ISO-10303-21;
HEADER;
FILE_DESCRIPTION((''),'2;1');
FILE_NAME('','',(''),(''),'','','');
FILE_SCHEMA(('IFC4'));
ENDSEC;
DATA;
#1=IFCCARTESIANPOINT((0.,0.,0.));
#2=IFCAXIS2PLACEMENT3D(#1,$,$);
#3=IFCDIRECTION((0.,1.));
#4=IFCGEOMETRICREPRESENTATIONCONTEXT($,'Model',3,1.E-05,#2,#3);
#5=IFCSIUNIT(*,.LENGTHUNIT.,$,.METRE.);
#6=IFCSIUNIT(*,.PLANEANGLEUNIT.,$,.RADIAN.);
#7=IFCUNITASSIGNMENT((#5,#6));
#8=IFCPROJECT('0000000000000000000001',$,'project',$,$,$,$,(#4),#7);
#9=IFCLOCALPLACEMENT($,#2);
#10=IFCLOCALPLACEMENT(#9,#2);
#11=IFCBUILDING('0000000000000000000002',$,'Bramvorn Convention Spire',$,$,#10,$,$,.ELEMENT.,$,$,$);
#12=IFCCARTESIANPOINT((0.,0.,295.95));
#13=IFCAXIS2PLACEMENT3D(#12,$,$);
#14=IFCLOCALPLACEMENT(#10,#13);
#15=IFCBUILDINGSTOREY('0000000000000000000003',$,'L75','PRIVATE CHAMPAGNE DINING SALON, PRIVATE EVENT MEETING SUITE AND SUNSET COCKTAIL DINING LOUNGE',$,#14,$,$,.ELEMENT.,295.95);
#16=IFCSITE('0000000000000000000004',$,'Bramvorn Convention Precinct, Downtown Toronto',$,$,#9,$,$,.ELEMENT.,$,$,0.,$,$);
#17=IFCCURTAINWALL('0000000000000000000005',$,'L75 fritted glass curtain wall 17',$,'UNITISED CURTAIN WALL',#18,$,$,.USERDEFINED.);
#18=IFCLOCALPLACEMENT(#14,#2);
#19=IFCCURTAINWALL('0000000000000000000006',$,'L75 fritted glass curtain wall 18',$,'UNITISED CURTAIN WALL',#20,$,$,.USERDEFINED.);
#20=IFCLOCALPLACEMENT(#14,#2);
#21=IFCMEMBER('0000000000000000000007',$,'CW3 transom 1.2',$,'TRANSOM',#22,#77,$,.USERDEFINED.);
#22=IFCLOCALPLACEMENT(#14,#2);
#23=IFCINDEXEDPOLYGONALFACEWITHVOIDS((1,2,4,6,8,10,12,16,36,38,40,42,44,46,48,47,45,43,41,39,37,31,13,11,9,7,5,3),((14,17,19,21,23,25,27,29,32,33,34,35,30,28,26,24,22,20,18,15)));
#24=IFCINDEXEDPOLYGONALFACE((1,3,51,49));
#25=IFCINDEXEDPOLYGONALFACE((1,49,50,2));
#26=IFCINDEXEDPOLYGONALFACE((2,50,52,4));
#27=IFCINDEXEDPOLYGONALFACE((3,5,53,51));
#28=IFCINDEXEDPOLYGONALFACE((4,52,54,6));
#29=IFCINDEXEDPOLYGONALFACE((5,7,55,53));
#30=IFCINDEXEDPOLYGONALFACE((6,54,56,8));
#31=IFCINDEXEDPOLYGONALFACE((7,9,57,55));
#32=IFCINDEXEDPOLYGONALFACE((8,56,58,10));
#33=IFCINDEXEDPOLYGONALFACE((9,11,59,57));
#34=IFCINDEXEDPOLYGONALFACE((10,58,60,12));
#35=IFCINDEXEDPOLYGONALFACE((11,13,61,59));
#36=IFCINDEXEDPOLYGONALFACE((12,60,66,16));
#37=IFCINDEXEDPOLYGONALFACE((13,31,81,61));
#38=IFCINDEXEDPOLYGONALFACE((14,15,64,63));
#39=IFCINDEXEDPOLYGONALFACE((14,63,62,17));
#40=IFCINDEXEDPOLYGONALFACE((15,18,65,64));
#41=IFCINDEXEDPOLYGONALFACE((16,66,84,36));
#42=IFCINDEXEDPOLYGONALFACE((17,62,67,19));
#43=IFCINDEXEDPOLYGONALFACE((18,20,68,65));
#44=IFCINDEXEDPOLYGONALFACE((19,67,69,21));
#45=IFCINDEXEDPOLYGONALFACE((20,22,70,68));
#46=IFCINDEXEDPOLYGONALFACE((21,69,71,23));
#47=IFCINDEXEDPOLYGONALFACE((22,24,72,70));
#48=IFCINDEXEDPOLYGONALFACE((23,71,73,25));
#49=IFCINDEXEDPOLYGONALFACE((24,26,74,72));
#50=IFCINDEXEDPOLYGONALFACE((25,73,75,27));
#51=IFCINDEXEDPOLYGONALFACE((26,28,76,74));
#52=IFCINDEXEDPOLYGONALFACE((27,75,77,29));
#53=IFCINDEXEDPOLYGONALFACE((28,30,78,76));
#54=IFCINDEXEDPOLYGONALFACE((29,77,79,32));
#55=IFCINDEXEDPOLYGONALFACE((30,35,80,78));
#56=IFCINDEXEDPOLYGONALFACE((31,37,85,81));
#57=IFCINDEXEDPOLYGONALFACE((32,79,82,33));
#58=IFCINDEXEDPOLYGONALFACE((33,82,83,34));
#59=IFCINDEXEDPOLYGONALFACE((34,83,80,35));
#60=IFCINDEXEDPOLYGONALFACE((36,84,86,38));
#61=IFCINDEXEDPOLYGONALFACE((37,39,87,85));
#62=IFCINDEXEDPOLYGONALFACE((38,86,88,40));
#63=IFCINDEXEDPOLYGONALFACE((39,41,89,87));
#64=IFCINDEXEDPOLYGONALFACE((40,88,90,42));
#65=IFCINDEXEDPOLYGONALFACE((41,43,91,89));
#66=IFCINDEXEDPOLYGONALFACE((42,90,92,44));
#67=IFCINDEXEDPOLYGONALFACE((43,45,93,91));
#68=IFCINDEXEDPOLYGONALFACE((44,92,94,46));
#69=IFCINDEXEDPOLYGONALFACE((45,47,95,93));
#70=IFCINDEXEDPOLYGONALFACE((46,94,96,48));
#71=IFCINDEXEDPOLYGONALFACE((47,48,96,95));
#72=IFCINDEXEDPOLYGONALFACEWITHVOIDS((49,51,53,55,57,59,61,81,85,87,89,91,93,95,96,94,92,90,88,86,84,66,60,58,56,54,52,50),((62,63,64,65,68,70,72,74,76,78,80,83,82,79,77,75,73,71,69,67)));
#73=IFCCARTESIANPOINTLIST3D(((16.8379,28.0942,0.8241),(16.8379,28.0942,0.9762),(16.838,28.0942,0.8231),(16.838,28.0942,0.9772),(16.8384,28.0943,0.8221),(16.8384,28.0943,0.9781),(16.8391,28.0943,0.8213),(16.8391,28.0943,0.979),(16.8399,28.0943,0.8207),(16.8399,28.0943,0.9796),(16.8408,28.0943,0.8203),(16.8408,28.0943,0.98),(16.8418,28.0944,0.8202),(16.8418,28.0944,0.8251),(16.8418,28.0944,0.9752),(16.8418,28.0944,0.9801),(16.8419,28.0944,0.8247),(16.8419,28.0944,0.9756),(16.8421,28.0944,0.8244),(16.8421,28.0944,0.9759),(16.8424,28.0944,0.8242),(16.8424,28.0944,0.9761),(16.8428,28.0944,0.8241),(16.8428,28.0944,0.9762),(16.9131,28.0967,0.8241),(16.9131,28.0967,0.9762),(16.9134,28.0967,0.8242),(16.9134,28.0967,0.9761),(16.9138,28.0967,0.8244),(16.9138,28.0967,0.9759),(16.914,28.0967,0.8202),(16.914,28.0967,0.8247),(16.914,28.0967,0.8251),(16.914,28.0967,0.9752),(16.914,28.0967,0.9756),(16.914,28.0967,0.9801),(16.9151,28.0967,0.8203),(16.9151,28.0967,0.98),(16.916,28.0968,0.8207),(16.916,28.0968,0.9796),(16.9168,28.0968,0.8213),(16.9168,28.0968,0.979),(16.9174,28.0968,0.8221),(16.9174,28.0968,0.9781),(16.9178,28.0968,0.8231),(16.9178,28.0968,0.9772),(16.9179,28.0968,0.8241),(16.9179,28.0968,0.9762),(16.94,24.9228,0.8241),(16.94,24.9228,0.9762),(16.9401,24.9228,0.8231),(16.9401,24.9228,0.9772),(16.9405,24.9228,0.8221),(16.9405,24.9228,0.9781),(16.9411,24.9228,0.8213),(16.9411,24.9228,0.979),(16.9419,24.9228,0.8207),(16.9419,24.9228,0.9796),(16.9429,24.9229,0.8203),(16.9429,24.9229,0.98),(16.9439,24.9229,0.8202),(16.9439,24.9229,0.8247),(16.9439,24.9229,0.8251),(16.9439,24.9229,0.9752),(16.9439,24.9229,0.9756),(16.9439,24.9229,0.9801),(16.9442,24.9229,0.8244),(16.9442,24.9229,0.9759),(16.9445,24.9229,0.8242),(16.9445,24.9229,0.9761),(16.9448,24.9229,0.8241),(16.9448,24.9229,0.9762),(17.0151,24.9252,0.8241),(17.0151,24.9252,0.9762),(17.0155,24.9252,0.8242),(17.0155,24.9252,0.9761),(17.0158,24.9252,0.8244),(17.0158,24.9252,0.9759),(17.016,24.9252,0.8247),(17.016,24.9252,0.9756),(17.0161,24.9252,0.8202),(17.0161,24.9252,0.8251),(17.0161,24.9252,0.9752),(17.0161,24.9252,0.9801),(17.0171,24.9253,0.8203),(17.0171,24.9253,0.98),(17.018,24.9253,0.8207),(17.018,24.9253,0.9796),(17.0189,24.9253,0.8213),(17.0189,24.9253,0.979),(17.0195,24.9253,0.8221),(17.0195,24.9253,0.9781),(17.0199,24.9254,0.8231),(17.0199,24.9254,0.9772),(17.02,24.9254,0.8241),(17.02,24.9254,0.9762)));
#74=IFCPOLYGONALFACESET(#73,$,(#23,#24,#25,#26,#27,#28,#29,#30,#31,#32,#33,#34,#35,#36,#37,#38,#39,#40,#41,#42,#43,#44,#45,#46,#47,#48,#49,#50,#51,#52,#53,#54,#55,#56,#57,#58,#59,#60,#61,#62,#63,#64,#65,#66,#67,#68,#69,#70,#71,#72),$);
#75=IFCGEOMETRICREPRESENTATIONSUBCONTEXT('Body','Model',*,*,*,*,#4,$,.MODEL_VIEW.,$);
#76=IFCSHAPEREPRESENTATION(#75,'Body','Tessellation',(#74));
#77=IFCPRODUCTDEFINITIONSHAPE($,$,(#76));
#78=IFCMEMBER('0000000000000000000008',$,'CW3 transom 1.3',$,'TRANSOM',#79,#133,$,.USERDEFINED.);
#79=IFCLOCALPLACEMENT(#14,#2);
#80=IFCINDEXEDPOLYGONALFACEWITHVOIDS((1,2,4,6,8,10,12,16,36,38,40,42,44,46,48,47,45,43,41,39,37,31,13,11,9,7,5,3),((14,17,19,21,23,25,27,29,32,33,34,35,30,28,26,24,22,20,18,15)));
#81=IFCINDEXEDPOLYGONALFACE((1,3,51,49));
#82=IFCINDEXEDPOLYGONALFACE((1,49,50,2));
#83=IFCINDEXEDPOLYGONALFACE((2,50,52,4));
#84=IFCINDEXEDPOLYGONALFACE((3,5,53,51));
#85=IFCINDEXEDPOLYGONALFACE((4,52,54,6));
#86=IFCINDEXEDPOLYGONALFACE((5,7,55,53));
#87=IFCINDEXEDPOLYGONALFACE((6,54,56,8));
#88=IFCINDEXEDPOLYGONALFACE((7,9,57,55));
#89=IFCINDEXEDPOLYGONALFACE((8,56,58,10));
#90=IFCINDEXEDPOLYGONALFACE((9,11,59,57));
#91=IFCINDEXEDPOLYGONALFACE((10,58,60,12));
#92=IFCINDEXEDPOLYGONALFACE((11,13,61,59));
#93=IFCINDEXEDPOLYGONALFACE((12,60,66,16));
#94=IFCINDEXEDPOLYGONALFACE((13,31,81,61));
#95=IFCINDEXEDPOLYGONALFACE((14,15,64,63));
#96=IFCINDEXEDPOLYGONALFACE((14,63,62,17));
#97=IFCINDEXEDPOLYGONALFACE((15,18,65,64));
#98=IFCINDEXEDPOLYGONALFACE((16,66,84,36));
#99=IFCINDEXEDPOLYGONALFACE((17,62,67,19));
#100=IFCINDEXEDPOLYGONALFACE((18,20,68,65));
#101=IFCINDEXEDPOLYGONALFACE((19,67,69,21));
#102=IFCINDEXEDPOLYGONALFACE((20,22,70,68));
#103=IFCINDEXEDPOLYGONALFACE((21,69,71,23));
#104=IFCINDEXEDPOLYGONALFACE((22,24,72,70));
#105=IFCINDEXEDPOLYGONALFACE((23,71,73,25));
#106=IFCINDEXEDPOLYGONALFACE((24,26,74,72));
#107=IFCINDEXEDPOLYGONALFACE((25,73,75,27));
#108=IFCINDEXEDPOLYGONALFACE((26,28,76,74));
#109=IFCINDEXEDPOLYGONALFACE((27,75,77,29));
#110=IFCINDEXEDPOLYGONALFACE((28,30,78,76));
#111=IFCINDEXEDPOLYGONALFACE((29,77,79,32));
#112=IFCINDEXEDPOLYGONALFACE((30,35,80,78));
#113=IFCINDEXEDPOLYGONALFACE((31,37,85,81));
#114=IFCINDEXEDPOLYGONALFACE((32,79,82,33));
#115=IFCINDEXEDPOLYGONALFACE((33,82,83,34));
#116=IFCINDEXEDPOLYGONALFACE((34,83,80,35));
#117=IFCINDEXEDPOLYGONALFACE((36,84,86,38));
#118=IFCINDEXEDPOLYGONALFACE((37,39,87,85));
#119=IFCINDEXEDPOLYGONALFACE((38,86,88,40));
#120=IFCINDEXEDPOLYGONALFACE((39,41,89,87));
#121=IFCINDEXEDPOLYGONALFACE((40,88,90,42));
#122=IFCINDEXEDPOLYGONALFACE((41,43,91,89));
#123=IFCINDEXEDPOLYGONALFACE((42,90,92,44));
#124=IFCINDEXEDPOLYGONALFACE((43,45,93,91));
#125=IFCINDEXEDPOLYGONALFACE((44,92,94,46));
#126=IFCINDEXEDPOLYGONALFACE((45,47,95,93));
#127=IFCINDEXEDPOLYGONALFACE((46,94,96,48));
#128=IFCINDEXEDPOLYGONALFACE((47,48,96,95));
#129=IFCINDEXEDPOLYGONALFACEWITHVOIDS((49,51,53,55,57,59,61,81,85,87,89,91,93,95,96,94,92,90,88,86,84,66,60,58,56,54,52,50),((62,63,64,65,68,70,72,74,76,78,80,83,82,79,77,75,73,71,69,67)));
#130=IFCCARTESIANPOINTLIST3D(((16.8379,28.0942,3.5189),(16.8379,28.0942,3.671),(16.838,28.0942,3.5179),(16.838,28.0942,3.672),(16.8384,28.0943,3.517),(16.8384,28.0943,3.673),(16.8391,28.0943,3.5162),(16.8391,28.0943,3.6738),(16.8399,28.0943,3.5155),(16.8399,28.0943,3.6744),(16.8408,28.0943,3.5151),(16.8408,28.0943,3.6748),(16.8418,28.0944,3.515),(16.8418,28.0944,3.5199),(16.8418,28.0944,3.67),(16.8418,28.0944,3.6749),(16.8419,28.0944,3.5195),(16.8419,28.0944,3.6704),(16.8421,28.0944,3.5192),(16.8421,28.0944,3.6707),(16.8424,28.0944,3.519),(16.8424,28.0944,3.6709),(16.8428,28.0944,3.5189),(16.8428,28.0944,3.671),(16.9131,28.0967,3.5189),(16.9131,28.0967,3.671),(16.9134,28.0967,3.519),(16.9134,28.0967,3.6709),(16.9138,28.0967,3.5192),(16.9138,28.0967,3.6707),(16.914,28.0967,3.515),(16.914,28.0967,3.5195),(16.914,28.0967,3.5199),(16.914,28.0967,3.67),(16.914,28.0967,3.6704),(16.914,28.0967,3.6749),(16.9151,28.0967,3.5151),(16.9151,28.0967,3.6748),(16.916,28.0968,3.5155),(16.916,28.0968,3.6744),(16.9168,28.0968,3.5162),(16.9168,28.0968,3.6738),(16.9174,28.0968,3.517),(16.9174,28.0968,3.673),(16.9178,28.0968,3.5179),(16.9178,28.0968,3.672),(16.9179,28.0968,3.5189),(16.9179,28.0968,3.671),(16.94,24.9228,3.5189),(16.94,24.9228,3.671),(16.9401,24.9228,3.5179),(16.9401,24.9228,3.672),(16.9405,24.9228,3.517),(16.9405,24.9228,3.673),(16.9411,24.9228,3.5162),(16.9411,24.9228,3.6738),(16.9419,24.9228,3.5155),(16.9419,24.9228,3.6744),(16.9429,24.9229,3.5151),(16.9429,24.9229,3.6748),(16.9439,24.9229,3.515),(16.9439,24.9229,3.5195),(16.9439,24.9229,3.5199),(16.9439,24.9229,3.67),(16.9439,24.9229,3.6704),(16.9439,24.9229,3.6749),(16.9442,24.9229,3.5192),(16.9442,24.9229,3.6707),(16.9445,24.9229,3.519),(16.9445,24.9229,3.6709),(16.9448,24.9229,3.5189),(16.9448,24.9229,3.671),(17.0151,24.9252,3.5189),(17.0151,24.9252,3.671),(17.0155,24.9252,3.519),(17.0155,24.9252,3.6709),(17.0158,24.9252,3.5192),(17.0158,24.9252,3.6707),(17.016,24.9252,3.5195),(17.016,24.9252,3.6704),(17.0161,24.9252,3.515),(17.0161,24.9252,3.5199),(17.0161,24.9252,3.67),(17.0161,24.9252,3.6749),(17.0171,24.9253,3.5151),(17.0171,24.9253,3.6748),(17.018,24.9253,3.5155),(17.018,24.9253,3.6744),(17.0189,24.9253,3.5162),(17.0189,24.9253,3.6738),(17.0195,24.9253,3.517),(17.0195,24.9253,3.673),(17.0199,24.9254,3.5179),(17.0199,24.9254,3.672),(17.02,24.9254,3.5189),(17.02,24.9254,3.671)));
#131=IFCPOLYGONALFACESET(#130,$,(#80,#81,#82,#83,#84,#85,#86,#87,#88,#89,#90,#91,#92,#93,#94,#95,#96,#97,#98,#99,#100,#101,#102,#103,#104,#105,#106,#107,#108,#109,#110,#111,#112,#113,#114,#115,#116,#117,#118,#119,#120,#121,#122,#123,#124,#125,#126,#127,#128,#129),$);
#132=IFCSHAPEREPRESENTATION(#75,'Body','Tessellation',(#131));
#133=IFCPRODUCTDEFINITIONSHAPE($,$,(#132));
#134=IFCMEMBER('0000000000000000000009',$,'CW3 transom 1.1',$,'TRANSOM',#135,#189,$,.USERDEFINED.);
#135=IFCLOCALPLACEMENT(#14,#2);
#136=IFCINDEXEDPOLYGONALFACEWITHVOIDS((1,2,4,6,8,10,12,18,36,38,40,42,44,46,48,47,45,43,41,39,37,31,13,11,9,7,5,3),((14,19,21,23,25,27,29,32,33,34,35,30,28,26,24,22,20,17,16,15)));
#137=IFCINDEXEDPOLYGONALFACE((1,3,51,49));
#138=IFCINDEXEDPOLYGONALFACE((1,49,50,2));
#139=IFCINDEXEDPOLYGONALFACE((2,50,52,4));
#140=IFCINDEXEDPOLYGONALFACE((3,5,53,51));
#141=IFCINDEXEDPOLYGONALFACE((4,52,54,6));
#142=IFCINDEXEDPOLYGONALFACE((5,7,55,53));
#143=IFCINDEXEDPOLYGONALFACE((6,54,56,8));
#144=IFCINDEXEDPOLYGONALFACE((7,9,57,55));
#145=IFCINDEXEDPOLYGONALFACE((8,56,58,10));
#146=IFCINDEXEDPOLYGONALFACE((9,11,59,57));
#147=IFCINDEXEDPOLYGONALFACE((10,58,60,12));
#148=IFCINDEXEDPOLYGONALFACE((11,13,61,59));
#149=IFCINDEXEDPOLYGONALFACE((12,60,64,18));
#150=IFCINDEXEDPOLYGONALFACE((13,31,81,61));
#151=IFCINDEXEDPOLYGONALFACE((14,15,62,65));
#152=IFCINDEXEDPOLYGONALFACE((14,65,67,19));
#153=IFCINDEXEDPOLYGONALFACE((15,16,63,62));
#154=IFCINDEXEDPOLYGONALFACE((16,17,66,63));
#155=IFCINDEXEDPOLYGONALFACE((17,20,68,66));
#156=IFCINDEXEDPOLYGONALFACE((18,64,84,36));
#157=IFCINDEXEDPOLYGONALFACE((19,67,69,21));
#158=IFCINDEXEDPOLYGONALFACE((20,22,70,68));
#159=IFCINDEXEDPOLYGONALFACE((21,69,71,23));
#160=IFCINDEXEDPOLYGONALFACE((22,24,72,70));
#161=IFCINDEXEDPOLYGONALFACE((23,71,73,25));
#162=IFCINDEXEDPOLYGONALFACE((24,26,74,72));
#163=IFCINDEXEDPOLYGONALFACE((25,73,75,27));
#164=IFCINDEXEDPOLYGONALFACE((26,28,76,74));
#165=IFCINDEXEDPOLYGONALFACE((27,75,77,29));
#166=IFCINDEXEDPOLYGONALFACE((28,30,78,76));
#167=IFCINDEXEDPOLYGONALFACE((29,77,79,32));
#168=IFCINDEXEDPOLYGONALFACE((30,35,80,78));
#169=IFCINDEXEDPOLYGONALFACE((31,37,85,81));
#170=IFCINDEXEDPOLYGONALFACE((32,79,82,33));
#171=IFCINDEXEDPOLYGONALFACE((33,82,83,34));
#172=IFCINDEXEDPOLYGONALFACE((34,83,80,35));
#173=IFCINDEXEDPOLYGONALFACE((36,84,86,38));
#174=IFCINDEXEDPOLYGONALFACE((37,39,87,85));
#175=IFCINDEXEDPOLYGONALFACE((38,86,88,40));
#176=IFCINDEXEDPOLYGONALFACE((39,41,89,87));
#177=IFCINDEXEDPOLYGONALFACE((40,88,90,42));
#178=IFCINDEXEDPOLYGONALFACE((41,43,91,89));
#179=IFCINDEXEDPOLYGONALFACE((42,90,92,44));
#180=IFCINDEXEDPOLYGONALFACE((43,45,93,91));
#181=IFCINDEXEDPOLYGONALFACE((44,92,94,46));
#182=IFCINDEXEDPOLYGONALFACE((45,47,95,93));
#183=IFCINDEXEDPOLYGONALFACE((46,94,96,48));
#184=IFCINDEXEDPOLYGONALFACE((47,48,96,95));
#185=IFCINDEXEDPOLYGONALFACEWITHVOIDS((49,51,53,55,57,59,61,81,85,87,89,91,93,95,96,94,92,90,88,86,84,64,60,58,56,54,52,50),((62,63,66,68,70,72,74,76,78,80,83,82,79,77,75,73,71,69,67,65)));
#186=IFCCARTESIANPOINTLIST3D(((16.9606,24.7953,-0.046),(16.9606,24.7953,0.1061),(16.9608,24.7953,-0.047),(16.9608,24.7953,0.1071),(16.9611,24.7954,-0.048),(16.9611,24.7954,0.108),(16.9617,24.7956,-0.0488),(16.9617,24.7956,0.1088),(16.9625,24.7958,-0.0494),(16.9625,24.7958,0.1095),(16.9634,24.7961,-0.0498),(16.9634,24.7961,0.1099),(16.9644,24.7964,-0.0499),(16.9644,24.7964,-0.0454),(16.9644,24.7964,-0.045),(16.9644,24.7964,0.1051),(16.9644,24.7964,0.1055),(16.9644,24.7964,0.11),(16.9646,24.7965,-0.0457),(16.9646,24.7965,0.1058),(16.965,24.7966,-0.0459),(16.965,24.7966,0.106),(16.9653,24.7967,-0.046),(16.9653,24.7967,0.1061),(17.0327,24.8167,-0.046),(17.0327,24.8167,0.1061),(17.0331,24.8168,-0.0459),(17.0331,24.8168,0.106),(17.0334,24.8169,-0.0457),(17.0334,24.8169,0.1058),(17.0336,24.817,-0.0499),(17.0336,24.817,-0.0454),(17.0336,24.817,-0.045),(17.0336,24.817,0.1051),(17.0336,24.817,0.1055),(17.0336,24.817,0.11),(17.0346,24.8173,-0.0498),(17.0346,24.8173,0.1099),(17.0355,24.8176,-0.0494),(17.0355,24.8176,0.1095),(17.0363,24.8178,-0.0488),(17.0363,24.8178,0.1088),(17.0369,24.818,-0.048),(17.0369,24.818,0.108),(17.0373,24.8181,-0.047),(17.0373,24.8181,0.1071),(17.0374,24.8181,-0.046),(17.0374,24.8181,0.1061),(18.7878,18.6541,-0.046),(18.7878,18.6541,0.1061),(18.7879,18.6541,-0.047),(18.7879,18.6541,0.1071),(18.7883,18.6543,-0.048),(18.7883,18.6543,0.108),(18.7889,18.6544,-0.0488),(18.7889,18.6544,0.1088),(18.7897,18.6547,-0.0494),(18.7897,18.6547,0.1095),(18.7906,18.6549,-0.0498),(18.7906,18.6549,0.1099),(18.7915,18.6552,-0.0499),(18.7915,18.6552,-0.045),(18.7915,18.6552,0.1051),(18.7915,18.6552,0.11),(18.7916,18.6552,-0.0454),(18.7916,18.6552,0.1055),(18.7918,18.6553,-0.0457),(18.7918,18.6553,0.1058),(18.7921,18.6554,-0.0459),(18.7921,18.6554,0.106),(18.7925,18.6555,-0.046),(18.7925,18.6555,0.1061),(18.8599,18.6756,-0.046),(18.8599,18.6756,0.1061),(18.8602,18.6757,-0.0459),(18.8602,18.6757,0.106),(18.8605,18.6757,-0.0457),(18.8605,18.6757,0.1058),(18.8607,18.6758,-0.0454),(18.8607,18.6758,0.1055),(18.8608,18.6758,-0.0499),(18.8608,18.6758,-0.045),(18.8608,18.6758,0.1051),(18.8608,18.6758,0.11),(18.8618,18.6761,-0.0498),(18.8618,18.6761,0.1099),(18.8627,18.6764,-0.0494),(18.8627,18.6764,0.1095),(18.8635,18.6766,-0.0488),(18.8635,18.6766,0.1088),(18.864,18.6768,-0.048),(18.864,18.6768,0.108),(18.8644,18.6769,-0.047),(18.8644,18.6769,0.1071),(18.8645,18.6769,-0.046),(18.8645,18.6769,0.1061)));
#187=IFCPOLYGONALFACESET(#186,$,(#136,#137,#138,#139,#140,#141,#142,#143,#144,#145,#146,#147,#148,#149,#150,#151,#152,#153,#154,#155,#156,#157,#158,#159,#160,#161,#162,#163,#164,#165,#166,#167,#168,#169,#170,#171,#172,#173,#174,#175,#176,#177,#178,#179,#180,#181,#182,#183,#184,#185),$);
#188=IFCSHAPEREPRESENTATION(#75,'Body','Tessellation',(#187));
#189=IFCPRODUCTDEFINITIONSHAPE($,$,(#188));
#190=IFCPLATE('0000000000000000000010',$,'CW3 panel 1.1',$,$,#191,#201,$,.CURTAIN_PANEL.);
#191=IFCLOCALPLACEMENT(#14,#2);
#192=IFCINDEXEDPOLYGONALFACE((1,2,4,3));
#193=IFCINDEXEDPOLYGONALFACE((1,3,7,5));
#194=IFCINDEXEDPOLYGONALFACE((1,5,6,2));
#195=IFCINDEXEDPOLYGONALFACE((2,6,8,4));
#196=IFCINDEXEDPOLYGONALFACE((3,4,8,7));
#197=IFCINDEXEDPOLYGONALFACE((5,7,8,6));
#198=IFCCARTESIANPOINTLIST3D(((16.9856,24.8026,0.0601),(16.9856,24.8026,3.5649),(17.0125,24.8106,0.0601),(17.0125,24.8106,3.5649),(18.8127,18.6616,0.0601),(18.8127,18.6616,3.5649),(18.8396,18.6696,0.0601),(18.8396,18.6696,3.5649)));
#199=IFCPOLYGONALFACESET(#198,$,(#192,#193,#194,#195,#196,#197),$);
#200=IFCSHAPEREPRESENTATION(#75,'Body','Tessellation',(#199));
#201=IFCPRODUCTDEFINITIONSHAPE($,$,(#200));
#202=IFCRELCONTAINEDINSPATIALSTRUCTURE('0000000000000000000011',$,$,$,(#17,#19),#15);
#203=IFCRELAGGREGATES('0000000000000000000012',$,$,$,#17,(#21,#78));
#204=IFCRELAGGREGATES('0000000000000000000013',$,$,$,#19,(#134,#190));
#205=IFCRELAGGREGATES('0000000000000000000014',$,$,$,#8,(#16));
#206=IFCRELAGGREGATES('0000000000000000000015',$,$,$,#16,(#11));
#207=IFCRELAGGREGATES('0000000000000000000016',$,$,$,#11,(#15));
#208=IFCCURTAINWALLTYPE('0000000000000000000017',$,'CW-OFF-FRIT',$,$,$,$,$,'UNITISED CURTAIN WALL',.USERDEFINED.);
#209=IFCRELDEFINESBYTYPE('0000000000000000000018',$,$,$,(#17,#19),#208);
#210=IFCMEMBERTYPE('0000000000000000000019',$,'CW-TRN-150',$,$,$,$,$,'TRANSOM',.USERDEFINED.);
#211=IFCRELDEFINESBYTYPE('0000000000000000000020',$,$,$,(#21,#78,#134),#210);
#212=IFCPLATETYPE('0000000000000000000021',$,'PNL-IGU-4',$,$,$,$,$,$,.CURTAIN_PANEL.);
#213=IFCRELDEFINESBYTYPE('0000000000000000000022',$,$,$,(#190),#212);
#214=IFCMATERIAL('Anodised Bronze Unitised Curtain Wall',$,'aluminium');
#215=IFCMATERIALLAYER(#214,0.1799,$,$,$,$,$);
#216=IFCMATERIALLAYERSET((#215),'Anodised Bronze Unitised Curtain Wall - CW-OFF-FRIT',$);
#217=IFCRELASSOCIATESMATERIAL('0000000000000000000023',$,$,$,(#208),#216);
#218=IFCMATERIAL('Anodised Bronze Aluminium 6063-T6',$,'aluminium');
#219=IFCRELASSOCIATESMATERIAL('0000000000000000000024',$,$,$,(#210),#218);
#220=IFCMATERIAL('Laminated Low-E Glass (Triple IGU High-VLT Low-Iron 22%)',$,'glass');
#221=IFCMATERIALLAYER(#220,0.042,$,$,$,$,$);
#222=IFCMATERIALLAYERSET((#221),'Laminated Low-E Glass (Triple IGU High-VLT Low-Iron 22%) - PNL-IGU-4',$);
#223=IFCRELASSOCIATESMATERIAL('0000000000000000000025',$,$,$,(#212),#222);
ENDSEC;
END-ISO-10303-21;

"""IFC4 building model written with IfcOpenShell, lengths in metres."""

from ifc_helpers import new_model, si_unit, direction, frame, origin, origin_2d, place, context, subcontext, project, spatial, rectangle, hollow_rectangle, extrude, material, layer, layer_set, material_profile, profile_set, type_object, element, aggregate, save


model = new_model("IFC4")

# Units and contexts
model_context = context("Model", 3, precision=1e-05, world=origin(), true_north=direction((0.0, 1.0)))
body_context = subcontext(model_context, "Body", "Model", "MODEL_VIEW")
ifc_project = project(units=[si_unit("LENGTHUNIT", "METRE"), si_unit("PLANEANGLEUNIT", "RADIAN")], contexts=[model_context])

# Site, building, storey
site_placement = place(None, origin())
site = spatial("IfcSite", under=ifc_project, at=site_placement, Name="Bramvorn Convention Precinct, Downtown Toronto", CompositionType="ELEMENT", RefElevation=0.0)
building_placement = place(site_placement, origin())
building = spatial("IfcBuilding", under=site, at=building_placement, Name="Bramvorn Convention Spire", CompositionType="ELEMENT")
storey_placement = place(building_placement, frame((0.0, 0.0, 295.95)))
storey = spatial("IfcBuildingStorey", under=building, at=storey_placement, Name="L75", Description="PRIVATE CHAMPAGNE DINING SALON, PRIVATE EVENT MEETING SUITE AND SUNSET COCKTAIL DINING LOUNGE", CompositionType="ELEMENT", Elevation=295.95)

# Curtain walls
ifc_material_1 = material(Name="Anodised Bronze Unitised Curtain Wall", Category="aluminium")
ifc_layer_1 = layer(ifc_material_1, 0.1799)
ifc_layer_set_1 = layer_set([ifc_layer_1], Name="Anodised Bronze Unitised Curtain Wall - CW-OFF-FRIT")
curtain_wall_type = type_object("IfcCurtainWallType", Name="CW-OFF-FRIT", ElementType="UNITISED CURTAIN WALL", PredefinedType="USERDEFINED", material=ifc_layer_set_1)
curtain_wall_1_placement = place(storey_placement, origin())
curtain_wall_1 = element("IfcCurtainWall", 1, at=curtain_wall_1_placement, inside=storey, type_object=curtain_wall_type, Name="L75 fritted glass curtain wall 17", ObjectType="UNITISED CURTAIN WALL", PredefinedType="USERDEFINED")
ifc_material_2 = material(Name="Anodised Bronze Aluminium 6063-T6", Category="aluminium")
curtain_wall_2_placement = place(storey_placement, origin())
curtain_wall_2 = element("IfcCurtainWall", 2, at=curtain_wall_2_placement, inside=storey, type_object=curtain_wall_type, Name="L75 fritted glass curtain wall 18", ObjectType="UNITISED CURTAIN WALL", PredefinedType="USERDEFINED")

# Members
ifc_material_profile_1 = material_profile(ifc_material_2, hollow_rectangle(XDim=0.0801, YDim=0.1599, WallThickness=0.0039, InnerFilletRadius=0.001, OuterFilletRadius=0.0039, at=origin_2d()))
ifc_profile_set_1 = profile_set([ifc_material_profile_1], Name="Anodised Bronze Aluminium 6063-T6 - CWT80X160")
member_type_1 = type_object("IfcMemberType", Name="CW-TRN-150", ElementType="TRANSOM", PredefinedType="USERDEFINED", material=ifc_profile_set_1)
member_1_placement = place(storey_placement, frame((16.98, 24.9241, 0.9001), z_axis=(-0.032162, 0.999483, 0.0), x_axis=(-0.999483, -0.032162, 0.0)))
member_1 = element("IfcMember", 3, at=member_1_placement, type_object=member_type_1, Name="CW3 transom 1.2", ObjectType="TRANSOM", PredefinedType="USERDEFINED", context=body_context, shape_type="SweptSolid", body=[
    extrude(hollow_rectangle(XDim=0.0801, YDim=0.1599, WallThickness=0.0039, InnerFilletRadius=0.001, OuterFilletRadius=0.0039, at=origin_2d()), origin(), (0.0, 0.0, 1.0), 3.1731),
])
member_2_placement = place(storey_placement, frame((16.98, 24.9241, 3.595), z_axis=(-0.032162, 0.999483, 0.0), x_axis=(-0.999483, -0.032162, 0.0)))
member_2 = element("IfcMember", 4, at=member_2_placement, type_object=member_type_1, Name="CW3 transom 1.3", ObjectType="TRANSOM", PredefinedType="USERDEFINED", context=body_context, shape_type="SweptSolid", body=[
    extrude(hollow_rectangle(XDim=0.0801, YDim=0.1599, WallThickness=0.0039, InnerFilletRadius=0.001, OuterFilletRadius=0.0039, at=origin_2d()), origin(), (0.0, 0.0, 1.0), 3.1731),
])
aggregate(curtain_wall_1, [member_1, member_2])
member_3_placement = place(storey_placement, frame((18.8262, 18.6655, 0.03), z_axis=(-0.285173, 0.958476, 0.0), x_axis=(-0.958476, -0.285173, 0.0)))
member_3 = element("IfcMember", 5, at=member_3_placement, type_object=member_type_1, Name="CW3 transom 1.1", ObjectType="TRANSOM", PredefinedType="USERDEFINED", context=body_context, shape_type="SweptSolid", body=[
    extrude(hollow_rectangle(XDim=0.0801, YDim=0.1599, WallThickness=0.0039, InnerFilletRadius=0.001, OuterFilletRadius=0.0039, at=origin_2d()), origin(), (0.0, 0.0, 1.0), 6.4072),
])

# Plate
ifc_material_3 = material(Name="Laminated Low-E Glass (Triple IGU High-VLT Low-Iron 22%)", Category="glass")
ifc_layer_2 = layer(ifc_material_3, 0.042)
ifc_layer_set_2 = layer_set([ifc_layer_2], Name="Laminated Low-E Glass (Triple IGU High-VLT Low-Iron 22%) - PNL-IGU-4")
plate_type = type_object("IfcPlateType", Name="PNL-IGU-4", PredefinedType="CURTAIN_PANEL", material=ifc_layer_set_2)
plate_placement = place(storey_placement, frame((17.9126, 21.7361, 0.0601), z_axis=(0.0, 0.0, 1.0), x_axis=(-0.285168, 0.958477, 0.0)))
plate = element("IfcPlate", 6, at=plate_placement, type_object=plate_type, Name="CW3 panel 1.1", PredefinedType="CURTAIN_PANEL", context=body_context, shape_type="SweptSolid", body=[
    extrude(rectangle(XDim=6.407, YDim=0.0281, at=origin_2d()), origin(), (0.0, 0.0, 1.0), 3.5049),
])
aggregate(curtain_wall_2, [member_3, plate])

save(model, "model.ifc")
